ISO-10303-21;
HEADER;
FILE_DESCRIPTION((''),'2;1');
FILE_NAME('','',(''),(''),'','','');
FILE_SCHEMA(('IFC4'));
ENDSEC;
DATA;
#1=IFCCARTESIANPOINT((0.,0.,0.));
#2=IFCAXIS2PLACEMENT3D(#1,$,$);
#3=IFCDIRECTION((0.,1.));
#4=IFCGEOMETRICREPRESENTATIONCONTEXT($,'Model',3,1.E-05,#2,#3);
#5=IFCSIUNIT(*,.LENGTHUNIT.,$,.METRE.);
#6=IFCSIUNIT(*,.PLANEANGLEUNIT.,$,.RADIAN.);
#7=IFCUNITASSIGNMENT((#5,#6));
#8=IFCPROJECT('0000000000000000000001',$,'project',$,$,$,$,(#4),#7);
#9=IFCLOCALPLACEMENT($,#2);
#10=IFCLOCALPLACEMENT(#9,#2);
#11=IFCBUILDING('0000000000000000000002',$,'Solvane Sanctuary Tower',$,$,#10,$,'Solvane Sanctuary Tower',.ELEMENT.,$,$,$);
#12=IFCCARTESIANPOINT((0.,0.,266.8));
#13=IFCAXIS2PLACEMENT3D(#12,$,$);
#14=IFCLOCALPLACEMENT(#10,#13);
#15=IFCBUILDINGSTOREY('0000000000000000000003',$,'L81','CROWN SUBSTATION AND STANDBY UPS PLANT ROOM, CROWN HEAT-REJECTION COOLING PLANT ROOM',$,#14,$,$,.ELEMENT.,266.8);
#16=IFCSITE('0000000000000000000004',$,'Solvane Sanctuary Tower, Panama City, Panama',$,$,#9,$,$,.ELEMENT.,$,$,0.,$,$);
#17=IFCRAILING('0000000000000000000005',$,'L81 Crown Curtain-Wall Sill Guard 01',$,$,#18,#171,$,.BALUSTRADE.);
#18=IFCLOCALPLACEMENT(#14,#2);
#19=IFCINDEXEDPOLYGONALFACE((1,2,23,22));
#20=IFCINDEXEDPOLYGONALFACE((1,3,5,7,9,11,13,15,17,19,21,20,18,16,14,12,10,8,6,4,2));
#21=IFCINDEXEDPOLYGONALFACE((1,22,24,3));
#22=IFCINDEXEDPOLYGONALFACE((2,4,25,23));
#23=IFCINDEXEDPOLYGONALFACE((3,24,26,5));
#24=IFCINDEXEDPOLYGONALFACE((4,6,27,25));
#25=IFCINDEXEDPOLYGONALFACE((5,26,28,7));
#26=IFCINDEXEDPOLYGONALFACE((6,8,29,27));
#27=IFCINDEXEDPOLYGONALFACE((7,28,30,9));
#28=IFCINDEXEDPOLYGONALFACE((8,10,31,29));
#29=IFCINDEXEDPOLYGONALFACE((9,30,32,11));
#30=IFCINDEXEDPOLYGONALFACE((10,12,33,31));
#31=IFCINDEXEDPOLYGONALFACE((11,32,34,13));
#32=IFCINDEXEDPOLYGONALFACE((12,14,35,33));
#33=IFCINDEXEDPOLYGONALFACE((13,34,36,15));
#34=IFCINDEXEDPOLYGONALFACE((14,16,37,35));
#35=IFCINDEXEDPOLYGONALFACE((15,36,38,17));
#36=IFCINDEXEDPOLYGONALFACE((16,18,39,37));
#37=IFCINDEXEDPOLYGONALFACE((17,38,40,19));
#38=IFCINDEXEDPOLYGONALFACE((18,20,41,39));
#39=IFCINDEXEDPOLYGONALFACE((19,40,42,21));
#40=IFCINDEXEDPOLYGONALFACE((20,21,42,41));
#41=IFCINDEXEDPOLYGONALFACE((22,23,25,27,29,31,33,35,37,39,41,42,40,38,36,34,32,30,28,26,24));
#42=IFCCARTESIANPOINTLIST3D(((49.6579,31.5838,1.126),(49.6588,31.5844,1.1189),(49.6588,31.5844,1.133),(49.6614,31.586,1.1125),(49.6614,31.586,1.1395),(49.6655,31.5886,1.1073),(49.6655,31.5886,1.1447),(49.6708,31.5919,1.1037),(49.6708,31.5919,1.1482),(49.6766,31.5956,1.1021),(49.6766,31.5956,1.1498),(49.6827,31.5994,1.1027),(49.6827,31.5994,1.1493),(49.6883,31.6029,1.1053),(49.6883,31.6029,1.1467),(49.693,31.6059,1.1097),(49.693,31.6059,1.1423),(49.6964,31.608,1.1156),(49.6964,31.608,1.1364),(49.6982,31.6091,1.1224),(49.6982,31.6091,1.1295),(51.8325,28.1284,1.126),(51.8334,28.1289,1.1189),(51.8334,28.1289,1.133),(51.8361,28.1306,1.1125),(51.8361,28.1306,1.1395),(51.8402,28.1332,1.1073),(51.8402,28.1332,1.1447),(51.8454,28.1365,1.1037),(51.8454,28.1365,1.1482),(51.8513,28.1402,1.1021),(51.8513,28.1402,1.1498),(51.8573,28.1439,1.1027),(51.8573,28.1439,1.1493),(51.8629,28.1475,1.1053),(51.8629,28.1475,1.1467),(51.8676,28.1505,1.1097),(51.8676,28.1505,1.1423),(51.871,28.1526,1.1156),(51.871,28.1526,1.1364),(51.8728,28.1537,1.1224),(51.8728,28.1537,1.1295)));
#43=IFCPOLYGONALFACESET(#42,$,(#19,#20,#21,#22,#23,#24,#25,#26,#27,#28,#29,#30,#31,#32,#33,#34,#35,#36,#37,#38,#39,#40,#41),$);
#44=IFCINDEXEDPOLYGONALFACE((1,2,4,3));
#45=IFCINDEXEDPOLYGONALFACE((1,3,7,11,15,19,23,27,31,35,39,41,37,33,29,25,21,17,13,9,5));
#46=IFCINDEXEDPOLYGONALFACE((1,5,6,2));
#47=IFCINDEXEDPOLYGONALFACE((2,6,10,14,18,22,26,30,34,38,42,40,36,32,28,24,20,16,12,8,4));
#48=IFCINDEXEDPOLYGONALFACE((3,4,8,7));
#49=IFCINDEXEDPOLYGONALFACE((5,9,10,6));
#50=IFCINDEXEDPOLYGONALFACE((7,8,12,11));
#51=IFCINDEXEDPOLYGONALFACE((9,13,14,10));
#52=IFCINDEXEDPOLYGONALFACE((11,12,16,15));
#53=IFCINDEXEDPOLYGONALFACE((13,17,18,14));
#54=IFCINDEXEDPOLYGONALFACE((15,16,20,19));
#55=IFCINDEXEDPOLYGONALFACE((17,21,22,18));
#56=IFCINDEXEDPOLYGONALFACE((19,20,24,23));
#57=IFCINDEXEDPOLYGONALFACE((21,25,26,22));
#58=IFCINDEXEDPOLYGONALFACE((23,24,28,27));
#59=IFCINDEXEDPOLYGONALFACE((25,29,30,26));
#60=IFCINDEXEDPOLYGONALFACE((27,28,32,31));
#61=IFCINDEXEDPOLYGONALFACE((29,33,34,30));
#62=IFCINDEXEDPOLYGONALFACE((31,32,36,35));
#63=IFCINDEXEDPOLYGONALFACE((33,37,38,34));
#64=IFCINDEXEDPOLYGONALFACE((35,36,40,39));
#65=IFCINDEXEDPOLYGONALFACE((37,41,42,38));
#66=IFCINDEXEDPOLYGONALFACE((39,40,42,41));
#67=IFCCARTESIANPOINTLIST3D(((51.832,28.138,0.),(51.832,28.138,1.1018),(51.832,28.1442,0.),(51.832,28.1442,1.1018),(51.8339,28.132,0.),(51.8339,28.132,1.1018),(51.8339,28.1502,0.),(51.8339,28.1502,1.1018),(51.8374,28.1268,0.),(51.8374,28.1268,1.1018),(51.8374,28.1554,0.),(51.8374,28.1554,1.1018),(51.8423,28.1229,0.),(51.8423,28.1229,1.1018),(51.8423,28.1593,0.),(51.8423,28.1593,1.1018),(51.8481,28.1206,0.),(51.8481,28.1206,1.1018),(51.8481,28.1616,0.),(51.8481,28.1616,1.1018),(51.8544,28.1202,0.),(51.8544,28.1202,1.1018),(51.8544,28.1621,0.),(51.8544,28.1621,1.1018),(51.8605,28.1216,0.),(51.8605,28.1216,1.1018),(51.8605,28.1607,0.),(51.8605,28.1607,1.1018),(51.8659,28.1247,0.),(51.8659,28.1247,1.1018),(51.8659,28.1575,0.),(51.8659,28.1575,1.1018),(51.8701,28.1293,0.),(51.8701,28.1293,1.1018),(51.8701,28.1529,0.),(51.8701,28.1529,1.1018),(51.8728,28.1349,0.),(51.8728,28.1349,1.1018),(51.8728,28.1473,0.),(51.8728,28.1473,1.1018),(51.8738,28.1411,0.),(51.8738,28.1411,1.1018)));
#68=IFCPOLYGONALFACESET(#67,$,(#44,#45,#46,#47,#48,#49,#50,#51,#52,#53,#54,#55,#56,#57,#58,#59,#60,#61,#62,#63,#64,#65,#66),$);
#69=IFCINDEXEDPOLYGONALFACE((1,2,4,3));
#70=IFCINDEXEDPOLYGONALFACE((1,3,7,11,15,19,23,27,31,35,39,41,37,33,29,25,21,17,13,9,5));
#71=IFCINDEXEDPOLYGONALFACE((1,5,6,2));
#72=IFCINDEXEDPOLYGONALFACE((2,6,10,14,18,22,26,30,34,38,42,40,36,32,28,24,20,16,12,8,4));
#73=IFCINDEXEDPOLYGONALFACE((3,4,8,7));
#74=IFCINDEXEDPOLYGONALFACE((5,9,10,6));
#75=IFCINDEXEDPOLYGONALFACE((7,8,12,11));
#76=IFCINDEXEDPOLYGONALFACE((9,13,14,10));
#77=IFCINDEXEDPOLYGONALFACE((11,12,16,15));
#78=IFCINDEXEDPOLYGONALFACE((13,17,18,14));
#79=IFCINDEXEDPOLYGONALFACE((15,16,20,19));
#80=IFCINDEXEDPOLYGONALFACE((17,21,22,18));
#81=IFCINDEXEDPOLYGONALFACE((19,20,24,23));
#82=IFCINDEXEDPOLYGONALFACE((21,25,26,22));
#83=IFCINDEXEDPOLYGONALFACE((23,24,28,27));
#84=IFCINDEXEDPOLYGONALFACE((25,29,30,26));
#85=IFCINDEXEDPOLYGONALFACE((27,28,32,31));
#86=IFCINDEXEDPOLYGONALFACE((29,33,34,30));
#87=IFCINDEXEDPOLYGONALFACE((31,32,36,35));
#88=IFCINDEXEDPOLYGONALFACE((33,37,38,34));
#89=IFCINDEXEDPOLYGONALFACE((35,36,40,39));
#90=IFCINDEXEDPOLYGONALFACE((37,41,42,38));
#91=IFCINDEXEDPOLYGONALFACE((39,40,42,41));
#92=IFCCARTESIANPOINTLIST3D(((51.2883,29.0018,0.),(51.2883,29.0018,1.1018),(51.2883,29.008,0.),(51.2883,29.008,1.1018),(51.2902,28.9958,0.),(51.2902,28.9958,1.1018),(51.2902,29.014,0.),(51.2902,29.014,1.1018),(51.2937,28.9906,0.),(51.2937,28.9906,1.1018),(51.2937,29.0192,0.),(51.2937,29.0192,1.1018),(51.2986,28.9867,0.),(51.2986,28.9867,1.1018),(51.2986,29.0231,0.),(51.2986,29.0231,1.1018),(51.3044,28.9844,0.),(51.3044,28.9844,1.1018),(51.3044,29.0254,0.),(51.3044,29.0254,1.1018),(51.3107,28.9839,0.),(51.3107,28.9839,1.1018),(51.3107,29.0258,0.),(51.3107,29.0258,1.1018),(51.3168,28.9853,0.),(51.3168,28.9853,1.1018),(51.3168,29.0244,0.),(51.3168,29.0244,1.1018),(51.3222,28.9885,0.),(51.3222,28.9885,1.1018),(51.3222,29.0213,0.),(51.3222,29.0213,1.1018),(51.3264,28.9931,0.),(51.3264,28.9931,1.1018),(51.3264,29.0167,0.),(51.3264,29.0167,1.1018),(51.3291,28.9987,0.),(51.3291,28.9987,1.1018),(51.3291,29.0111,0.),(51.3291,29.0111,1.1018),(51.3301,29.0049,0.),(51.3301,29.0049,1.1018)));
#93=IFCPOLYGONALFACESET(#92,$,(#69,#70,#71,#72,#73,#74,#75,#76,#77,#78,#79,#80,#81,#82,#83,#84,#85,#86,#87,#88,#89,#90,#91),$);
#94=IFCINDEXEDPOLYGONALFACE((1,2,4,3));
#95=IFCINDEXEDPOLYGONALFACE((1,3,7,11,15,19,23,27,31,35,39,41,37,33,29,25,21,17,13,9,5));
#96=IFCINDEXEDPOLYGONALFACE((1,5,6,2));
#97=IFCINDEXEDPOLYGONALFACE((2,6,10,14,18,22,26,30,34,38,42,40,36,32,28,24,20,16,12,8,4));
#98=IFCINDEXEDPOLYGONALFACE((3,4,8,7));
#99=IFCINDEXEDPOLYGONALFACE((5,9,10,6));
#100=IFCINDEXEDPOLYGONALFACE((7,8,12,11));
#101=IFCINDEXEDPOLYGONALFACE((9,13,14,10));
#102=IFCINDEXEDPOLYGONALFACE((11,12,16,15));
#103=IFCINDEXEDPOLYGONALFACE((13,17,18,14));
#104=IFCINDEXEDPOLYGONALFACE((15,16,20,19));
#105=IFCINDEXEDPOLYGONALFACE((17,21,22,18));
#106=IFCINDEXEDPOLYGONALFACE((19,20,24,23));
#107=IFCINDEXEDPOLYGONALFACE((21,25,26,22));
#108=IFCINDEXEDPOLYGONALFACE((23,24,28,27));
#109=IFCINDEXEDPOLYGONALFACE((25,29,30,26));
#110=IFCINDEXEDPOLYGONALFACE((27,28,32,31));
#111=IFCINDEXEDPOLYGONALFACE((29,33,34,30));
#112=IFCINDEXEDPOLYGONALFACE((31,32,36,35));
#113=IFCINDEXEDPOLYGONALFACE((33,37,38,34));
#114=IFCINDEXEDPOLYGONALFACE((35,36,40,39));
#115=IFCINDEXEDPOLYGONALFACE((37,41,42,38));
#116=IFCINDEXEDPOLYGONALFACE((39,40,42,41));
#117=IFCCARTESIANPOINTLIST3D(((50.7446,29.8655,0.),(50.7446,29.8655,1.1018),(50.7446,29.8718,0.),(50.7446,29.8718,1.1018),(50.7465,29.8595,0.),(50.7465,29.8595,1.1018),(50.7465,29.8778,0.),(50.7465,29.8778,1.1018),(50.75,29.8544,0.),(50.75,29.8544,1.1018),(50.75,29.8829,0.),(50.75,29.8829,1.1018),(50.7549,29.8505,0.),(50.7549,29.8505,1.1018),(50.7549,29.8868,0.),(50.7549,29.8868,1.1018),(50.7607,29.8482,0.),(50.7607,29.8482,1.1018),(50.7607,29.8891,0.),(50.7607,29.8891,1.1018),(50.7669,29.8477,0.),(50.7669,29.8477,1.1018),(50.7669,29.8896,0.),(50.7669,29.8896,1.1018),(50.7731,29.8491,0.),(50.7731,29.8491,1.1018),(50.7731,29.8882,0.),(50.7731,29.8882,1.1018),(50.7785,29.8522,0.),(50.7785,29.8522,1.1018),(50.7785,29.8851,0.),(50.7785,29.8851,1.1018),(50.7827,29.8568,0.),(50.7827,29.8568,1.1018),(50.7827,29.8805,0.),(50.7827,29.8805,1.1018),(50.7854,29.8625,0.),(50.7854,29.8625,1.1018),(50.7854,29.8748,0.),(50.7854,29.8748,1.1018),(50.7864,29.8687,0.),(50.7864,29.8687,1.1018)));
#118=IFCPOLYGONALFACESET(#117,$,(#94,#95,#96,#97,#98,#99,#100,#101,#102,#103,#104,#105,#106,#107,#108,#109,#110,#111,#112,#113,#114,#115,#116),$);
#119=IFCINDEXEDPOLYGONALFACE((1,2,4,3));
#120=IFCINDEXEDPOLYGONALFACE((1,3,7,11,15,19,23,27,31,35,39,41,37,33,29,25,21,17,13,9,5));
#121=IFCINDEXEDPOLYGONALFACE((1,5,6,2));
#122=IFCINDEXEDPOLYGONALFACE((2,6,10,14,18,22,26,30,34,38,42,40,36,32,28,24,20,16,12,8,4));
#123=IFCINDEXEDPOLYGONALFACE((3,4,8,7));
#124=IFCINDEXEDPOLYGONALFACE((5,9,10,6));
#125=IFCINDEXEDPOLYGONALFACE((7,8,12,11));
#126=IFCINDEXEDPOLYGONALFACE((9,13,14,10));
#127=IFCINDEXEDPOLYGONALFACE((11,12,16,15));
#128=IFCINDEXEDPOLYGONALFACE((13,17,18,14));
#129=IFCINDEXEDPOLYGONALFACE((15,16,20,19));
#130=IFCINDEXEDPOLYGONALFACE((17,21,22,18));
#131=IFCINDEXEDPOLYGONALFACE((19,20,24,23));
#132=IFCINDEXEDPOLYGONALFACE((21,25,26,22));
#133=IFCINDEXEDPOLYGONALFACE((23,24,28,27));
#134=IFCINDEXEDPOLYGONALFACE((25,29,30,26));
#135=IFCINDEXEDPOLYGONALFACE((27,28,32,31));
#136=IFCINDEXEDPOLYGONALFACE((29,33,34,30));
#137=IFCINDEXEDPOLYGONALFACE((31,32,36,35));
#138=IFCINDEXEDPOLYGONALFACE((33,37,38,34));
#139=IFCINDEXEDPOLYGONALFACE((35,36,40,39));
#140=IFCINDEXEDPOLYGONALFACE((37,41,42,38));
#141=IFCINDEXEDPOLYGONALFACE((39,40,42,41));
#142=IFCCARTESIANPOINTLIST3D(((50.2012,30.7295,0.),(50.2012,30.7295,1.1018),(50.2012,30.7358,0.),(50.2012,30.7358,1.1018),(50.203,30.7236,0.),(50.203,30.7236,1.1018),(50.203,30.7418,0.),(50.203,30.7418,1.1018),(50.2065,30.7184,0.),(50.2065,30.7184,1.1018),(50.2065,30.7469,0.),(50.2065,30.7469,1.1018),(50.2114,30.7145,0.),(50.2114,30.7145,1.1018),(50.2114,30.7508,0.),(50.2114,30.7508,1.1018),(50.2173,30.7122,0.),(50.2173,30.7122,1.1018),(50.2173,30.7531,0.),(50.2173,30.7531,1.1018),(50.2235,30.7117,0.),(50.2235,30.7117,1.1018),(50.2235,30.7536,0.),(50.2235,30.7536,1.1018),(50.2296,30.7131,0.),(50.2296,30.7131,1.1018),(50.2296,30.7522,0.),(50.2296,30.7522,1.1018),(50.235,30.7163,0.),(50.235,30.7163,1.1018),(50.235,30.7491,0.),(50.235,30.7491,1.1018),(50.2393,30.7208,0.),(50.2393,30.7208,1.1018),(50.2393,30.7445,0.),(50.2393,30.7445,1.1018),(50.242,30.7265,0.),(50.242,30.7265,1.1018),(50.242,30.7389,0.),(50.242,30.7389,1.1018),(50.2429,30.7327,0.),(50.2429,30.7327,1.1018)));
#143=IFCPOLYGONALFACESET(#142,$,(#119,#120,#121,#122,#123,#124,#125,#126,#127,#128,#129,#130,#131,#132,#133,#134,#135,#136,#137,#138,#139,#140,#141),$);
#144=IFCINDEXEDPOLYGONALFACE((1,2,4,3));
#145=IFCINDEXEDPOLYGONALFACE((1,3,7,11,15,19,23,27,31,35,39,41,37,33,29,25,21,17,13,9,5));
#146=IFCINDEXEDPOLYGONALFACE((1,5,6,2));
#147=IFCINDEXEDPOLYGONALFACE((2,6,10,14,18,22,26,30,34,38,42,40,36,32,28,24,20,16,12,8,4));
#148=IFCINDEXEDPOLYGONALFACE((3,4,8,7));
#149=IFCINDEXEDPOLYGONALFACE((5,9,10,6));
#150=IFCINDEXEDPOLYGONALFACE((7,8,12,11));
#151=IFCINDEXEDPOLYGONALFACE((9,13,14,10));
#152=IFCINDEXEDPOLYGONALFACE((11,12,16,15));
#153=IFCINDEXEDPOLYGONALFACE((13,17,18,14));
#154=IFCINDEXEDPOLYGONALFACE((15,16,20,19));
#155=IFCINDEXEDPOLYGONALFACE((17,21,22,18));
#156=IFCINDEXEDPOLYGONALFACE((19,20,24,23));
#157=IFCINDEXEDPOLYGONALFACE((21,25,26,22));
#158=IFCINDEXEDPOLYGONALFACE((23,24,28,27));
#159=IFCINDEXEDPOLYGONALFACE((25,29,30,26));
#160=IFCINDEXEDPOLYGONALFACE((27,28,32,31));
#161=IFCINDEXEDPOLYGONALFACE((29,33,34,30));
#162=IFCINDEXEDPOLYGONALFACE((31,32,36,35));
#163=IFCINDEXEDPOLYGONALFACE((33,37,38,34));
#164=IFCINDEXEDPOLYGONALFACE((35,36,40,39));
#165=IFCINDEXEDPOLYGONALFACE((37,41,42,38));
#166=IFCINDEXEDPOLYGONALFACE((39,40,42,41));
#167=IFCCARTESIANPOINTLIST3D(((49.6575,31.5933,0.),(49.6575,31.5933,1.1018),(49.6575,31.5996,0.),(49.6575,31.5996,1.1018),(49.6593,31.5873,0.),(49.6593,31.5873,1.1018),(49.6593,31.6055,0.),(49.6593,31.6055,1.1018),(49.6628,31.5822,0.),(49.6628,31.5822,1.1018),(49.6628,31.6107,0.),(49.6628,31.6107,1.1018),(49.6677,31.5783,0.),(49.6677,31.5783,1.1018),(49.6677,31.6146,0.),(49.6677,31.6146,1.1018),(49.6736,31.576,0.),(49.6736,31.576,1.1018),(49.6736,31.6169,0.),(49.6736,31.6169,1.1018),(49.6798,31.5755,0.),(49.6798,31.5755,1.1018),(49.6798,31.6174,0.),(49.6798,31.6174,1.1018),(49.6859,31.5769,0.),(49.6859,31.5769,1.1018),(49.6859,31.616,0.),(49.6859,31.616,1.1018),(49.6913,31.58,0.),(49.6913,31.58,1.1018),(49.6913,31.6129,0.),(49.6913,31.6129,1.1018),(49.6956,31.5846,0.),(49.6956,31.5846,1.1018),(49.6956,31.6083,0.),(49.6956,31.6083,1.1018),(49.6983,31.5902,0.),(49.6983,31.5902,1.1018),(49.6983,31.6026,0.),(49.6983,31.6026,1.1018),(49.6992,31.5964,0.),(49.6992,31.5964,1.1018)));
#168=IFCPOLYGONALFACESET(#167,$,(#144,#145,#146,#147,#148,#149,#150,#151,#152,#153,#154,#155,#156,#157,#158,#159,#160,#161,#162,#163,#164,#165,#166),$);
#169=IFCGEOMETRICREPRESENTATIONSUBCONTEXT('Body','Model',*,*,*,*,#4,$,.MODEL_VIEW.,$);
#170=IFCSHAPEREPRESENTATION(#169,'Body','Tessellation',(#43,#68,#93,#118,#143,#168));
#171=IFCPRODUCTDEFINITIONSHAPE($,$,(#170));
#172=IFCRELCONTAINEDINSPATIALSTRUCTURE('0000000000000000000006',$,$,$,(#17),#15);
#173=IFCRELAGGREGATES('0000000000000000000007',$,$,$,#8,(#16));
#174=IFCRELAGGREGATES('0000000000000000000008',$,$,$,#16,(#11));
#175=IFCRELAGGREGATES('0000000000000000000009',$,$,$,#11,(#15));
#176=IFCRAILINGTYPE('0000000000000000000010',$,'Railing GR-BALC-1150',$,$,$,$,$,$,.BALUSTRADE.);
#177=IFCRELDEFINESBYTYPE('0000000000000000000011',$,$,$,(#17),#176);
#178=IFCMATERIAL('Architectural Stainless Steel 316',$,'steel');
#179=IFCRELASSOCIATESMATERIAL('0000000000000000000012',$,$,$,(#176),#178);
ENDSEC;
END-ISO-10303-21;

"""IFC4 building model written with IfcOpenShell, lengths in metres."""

from ifc_helpers import new_model, si_unit, direction, frame, origin, origin_2d, place, context, subcontext, project, spatial, circle, extrude, material, type_object, element, save


model = new_model("IFC4")

# Units and contexts
model_context = context("Model", 3, precision=1e-05, world=origin(), true_north=direction((0.0, 1.0)))
body_context = subcontext(model_context, "Body", "Model", "MODEL_VIEW")
ifc_project = project(units=[si_unit("LENGTHUNIT", "METRE"), si_unit("PLANEANGLEUNIT", "RADIAN")], contexts=[model_context])

# Site, building, storey
site_placement = place(None, origin())
site = spatial("IfcSite", under=ifc_project, at=site_placement, Name="Solvane Sanctuary Tower, Panama City, Panama", CompositionType="ELEMENT", RefElevation=0.0)
building_placement = place(site_placement, origin())
building = spatial("IfcBuilding", under=site, at=building_placement, Name="Solvane Sanctuary Tower", LongName="Solvane Sanctuary Tower", CompositionType="ELEMENT")
storey_placement = place(building_placement, frame((0.0, 0.0, 266.8)))
storey = spatial("IfcBuildingStorey", under=building, at=storey_placement, Name="L81", Description="CROWN SUBSTATION AND STANDBY UPS PLANT ROOM, CROWN HEAT-REJECTION COOLING PLANT ROOM", CompositionType="ELEMENT", Elevation=266.8)

# Shared definitions
ifc_material_1 = material(Name="Architectural Stainless Steel 316", Category="steel")

# Railing
railing_type = type_object("IfcRailingType", Name="Railing GR-BALC-1150", PredefinedType="BALUSTRADE", material=ifc_material_1)
railing_1_placement = place(storey_placement, frame((51.8528, 28.1411, 0.0)))
element("IfcRailing", 1, at=railing_1_placement, inside=storey, type_object=railing_type, Name="L81 Crown Curtain-Wall Sill Guard 01", PredefinedType="BALUSTRADE", context=body_context, shape_type="SweptSolid", body=[
    extrude(circle(Radius=0.0239, at=origin_2d()), frame((0.0, 0.0, 1.126), z_axis=(-0.532636, 0.846345, 0.0), x_axis=(-0.846345, -0.532636, 0.0)), (0.0, 0.0, 1.0), 4.0828),
    extrude(circle(Radius=0.021, at=origin_2d()), origin(), (0.0, 0.0, 1.0), 1.1018),
    extrude(circle(Radius=0.021, at=origin_2d()), frame((-0.5437, 0.8638, 0.0)), (0.0, 0.0, 1.0), 1.1018),
    extrude(circle(Radius=0.021, at=origin_2d()), frame((-1.0874, 1.7275, 0.0)), (0.0, 0.0, 1.0), 1.1018),
    extrude(circle(Radius=0.021, at=origin_2d()), frame((-1.6309, 2.5916, 0.0)), (0.0, 0.0, 1.0), 1.1018),
    extrude(circle(Radius=0.021, at=origin_2d()), frame((-2.1746, 3.4553, 0.0)), (0.0, 0.0, 1.0), 1.1018),
])

save(model, "model.ifc")
